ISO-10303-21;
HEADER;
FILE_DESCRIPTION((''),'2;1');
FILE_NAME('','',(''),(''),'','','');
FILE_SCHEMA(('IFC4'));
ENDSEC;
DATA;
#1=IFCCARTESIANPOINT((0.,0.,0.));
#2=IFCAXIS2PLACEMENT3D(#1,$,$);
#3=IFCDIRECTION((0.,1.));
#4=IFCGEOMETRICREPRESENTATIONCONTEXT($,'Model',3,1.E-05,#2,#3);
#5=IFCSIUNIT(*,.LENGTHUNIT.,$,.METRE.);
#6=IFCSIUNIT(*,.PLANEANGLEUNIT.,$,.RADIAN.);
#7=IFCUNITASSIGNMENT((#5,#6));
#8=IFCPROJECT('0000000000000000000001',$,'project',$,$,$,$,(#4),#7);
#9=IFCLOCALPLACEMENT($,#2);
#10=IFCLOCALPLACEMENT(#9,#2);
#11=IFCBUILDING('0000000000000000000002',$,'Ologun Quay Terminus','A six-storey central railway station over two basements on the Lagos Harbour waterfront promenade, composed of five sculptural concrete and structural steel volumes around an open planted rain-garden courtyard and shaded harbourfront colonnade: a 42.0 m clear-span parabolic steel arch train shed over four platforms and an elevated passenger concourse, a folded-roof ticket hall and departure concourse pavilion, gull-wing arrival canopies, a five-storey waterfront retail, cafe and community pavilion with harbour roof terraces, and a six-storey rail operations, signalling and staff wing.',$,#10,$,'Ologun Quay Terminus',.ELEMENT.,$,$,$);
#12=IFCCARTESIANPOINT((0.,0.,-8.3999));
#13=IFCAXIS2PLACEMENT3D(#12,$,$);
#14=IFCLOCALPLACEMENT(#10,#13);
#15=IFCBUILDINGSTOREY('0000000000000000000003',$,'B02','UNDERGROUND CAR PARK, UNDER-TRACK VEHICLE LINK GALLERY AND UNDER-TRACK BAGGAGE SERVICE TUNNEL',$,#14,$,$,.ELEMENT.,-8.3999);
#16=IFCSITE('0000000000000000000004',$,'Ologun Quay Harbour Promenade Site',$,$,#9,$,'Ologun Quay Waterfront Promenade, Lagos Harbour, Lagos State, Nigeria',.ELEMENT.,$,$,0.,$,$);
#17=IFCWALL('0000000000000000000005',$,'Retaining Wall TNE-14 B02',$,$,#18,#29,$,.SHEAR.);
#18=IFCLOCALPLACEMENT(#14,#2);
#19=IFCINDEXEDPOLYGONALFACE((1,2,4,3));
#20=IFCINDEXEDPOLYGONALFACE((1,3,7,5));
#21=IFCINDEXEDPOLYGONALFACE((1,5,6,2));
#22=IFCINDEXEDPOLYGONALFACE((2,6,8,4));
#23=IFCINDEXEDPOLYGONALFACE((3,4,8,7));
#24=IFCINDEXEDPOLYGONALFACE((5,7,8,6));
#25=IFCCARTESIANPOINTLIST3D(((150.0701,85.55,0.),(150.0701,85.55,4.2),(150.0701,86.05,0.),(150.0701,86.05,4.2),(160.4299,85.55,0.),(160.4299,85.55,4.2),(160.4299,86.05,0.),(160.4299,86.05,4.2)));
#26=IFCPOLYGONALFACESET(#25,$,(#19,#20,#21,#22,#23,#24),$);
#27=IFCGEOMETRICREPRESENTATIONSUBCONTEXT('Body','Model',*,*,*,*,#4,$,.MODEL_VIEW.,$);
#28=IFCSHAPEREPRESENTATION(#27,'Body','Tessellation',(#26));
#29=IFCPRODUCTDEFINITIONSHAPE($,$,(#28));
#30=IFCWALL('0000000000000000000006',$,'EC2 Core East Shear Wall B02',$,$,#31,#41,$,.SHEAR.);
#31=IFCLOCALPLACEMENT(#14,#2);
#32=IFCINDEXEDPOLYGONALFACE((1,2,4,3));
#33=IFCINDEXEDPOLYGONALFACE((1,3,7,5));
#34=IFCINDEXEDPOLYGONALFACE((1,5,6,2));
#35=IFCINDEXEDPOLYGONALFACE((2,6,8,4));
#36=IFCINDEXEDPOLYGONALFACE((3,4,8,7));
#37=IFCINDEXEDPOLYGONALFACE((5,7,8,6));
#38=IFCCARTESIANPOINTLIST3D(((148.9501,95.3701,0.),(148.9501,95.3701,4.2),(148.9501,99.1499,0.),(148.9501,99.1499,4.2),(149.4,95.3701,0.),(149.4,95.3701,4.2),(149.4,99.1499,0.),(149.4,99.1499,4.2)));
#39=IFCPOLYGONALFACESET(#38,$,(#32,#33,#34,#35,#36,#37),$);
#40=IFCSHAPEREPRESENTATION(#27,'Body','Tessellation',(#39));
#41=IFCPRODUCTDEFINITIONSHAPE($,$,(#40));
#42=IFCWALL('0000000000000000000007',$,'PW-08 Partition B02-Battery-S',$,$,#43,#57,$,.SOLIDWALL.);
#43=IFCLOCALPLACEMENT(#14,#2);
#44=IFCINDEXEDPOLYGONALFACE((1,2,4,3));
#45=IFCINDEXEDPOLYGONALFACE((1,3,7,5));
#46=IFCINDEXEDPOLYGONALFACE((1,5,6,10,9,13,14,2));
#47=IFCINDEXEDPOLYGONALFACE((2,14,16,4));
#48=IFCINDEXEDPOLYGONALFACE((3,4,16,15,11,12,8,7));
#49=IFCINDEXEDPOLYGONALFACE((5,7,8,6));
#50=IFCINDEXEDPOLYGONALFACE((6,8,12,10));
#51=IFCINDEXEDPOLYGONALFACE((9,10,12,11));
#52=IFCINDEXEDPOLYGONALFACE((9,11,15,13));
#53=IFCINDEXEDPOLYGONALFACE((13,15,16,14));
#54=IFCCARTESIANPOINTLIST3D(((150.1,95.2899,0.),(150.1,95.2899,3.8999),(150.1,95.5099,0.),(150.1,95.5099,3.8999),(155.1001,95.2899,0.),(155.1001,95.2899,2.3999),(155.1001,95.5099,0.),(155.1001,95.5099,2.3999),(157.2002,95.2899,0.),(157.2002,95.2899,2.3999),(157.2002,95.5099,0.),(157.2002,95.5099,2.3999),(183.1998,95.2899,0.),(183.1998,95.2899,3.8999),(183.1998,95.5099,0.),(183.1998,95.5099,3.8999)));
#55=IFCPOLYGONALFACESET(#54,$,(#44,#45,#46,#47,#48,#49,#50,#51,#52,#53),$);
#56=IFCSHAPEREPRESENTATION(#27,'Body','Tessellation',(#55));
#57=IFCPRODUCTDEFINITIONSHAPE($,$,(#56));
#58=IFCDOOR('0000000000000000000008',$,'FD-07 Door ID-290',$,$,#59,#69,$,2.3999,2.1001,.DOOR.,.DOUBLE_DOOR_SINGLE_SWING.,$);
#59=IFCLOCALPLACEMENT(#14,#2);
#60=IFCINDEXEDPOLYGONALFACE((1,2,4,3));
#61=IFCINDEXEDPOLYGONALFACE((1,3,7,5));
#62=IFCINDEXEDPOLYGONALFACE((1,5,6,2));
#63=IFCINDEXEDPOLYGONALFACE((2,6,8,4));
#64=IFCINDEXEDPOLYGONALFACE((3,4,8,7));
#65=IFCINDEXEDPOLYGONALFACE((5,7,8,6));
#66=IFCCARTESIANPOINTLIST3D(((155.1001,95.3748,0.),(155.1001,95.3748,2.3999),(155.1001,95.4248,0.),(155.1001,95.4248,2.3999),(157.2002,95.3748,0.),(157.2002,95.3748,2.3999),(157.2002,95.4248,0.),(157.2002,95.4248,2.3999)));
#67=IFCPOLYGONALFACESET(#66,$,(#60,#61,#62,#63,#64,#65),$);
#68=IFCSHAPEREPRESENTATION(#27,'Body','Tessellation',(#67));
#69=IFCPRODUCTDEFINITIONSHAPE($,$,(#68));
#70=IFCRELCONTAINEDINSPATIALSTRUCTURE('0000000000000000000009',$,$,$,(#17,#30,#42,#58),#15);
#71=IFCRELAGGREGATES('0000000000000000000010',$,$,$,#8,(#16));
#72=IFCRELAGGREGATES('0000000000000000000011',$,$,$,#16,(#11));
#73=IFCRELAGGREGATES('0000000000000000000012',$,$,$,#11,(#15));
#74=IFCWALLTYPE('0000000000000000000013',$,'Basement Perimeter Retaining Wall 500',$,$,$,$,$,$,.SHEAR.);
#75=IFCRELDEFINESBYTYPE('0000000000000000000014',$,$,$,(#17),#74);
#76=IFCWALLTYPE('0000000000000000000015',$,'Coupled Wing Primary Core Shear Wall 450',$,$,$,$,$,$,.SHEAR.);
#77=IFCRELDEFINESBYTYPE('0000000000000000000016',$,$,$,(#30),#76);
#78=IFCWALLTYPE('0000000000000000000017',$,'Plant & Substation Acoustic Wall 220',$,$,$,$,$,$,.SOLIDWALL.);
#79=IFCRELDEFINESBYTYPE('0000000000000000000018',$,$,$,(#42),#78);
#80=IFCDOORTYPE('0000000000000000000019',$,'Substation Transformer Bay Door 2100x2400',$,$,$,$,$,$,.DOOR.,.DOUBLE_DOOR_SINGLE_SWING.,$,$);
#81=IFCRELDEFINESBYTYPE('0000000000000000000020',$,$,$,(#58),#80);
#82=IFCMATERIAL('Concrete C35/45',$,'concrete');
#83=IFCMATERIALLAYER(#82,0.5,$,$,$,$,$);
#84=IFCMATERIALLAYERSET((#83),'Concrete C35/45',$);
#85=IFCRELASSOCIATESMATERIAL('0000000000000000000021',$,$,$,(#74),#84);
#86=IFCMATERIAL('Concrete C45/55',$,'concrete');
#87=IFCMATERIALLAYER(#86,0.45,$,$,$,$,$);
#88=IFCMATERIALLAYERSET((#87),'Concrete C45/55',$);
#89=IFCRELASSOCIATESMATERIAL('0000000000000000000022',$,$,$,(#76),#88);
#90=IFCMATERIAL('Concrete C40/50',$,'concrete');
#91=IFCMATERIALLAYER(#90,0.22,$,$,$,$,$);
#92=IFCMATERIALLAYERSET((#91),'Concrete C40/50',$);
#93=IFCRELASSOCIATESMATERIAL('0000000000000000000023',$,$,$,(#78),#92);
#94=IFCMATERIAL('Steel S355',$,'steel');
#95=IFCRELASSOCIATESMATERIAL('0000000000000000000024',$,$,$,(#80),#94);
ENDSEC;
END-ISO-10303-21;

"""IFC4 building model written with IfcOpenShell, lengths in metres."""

from ifc_helpers import new_model, si_unit, direction, frame, frame_2d, origin, place, context, subcontext, project, spatial, rectangle, extrude, material, layer, layer_set, type_object, element, fill, save


model = new_model("IFC4")

# Units and contexts
model_context = context("Model", 3, precision=1e-05, world=origin(), true_north=direction((0.0, 1.0)))
body_context = subcontext(model_context, "Body", "Model", "MODEL_VIEW")
ifc_project = project(units=[si_unit("LENGTHUNIT", "METRE"), si_unit("PLANEANGLEUNIT", "RADIAN")], contexts=[model_context])

# Site, building, storey
site_placement = place(None, origin())
site = spatial("IfcSite", under=ifc_project, at=site_placement, Name="Ologun Quay Harbour Promenade Site", LongName="Ologun Quay Waterfront Promenade, Lagos Harbour, Lagos State, Nigeria", CompositionType="ELEMENT", RefElevation=0.0)
building_placement = place(site_placement, origin())
building = spatial("IfcBuilding", under=site, at=building_placement, Name="Ologun Quay Terminus", Description="A six-storey central railway station over two basements on the Lagos Harbour waterfront promenade, composed of five sculptural concrete and structural steel volumes around an open planted rain-garden courtyard and shaded harbourfront colonnade: a 42.0 m clear-span parabolic steel arch train shed over four platforms and an elevated passenger concourse, a folded-roof ticket hall and departure concourse pavilion, gull-wing arrival canopies, a five-storey waterfront retail, cafe and community pavilion with harbour roof terraces, and a six-storey rail operations, signalling and staff wing.", LongName="Ologun Quay Terminus", CompositionType="ELEMENT")
storey_placement = place(building_placement, frame((0.0, 0.0, -8.3999)))
storey = spatial("IfcBuildingStorey", under=building, at=storey_placement, Name="B02", Description="UNDERGROUND CAR PARK, UNDER-TRACK VEHICLE LINK GALLERY AND UNDER-TRACK BAGGAGE SERVICE TUNNEL", CompositionType="ELEMENT", Elevation=-8.3999)

# Walls
ifc_material_1 = material(Name="Concrete C35/45", Category="concrete")
ifc_layer_1 = layer(ifc_material_1, 0.5)
ifc_layer_set_1 = layer_set([ifc_layer_1], Name="Concrete C35/45")
wall_type_1 = type_object("IfcWallType", Name="Basement Perimeter Retaining Wall 500", PredefinedType="SHEAR", material=ifc_layer_set_1)
wall_1_placement = place(storey_placement, frame((150.0701, 85.8, 0.0), z_axis=(0.0, 0.0, 1.0), x_axis=(1.0, 0.0, 0.0)))
element("IfcWall", 1, at=wall_1_placement, inside=storey, type_object=wall_type_1, Name="Retaining Wall TNE-14 B02", PredefinedType="SHEAR", context=body_context, shape_type="SweptSolid", body=[
    extrude(rectangle(XDim=10.3599, YDim=0.5, at=frame_2d((5.1799, 0.0))), origin(), (0.0, 0.0, 1.0), 4.2),
])
ifc_material_2 = material(Name="Concrete C45/55", Category="concrete")
ifc_layer_2 = layer(ifc_material_2, 0.45)
ifc_layer_set_2 = layer_set([ifc_layer_2], Name="Concrete C45/55")
wall_type_2 = type_object("IfcWallType", Name="Coupled Wing Primary Core Shear Wall 450", PredefinedType="SHEAR", material=ifc_layer_set_2)
wall_2_placement = place(storey_placement, frame((149.175, 95.3701, 0.0), z_axis=(0.0, 0.0, 1.0), x_axis=(0.0, 1.0, 0.0)))
element("IfcWall", 2, at=wall_2_placement, inside=storey, type_object=wall_type_2, Name="EC2 Core East Shear Wall B02", PredefinedType="SHEAR", context=body_context, shape_type="SweptSolid", body=[
    extrude(rectangle(XDim=3.7798, YDim=0.45, at=frame_2d((1.8899, 0.0))), origin(), (0.0, 0.0, 1.0), 4.2),
])

# Wall, opening, door
ifc_material_3 = material(Name="Concrete C40/50", Category="concrete")
ifc_layer_3 = layer(ifc_material_3, 0.22)
ifc_layer_set_3 = layer_set([ifc_layer_3], Name="Concrete C40/50")
wall_type_3 = type_object("IfcWallType", Name="Plant & Substation Acoustic Wall 220", PredefinedType="SOLIDWALL", material=ifc_layer_set_3)
wall_3_placement = place(storey_placement, frame((150.1001, 95.3999, 0.0), z_axis=(0.0, 0.0, 1.0), x_axis=(1.0, 0.0, 0.0)))
wall_3 = element("IfcWall", 3, at=wall_3_placement, inside=storey, type_object=wall_type_3, Name="PW-08 Partition B02-Battery-S", PredefinedType="SOLIDWALL", context=body_context, shape_type="SweptSolid", body=[
    extrude(rectangle(XDim=33.0999, YDim=0.22, at=frame_2d((16.5498, 0.0))), origin(), (0.0, 0.0, 1.0), 3.8999),
])
opening_placement = place(wall_3_placement, frame((5.0, 0.0, 0.0)))
opening = element("IfcOpeningElement", 4, at=opening_placement, cuts=wall_3, PredefinedType="OPENING", context=body_context, shape_type="SweptSolid", body=[
    extrude(rectangle(XDim=2.1001, YDim=2.3999, at=frame_2d((1.05, 1.2))), frame((0.0, 0.1201, 0.0), z_axis=(0.0, -1.0, 0.0), x_axis=(1.0, 0.0, 0.0)), (0.0, 0.0, 1.0), 0.24),
])
ifc_material_4 = material(Name="Steel S355", Category="steel")
door_type = type_object("IfcDoorType", Name="Substation Transformer Bay Door 2100x2400", OperationType="DOUBLE_DOOR_SINGLE_SWING", PredefinedType="DOOR", material=ifc_material_4)
door_placement = place(opening_placement, origin())
door = element("IfcDoor", 5, at=door_placement, inside=storey, type_object=door_type, Name="FD-07 Door ID-290", OperationType="DOUBLE_DOOR_SINGLE_SWING", OverallHeight=2.3999, OverallWidth=2.1001, PredefinedType="DOOR", context=body_context, shape_type="SweptSolid", body=[
    extrude(rectangle(XDim=2.1001, YDim=2.3999, at=frame_2d((1.05, 1.2))), frame((0.0, 0.0249, 0.0), z_axis=(0.0, -1.0, 0.0), x_axis=(1.0, 0.0, 0.0)), (0.0, 0.0, 1.0), 0.05),
])
fill(opening, door)

save(model, "model.ifc")
